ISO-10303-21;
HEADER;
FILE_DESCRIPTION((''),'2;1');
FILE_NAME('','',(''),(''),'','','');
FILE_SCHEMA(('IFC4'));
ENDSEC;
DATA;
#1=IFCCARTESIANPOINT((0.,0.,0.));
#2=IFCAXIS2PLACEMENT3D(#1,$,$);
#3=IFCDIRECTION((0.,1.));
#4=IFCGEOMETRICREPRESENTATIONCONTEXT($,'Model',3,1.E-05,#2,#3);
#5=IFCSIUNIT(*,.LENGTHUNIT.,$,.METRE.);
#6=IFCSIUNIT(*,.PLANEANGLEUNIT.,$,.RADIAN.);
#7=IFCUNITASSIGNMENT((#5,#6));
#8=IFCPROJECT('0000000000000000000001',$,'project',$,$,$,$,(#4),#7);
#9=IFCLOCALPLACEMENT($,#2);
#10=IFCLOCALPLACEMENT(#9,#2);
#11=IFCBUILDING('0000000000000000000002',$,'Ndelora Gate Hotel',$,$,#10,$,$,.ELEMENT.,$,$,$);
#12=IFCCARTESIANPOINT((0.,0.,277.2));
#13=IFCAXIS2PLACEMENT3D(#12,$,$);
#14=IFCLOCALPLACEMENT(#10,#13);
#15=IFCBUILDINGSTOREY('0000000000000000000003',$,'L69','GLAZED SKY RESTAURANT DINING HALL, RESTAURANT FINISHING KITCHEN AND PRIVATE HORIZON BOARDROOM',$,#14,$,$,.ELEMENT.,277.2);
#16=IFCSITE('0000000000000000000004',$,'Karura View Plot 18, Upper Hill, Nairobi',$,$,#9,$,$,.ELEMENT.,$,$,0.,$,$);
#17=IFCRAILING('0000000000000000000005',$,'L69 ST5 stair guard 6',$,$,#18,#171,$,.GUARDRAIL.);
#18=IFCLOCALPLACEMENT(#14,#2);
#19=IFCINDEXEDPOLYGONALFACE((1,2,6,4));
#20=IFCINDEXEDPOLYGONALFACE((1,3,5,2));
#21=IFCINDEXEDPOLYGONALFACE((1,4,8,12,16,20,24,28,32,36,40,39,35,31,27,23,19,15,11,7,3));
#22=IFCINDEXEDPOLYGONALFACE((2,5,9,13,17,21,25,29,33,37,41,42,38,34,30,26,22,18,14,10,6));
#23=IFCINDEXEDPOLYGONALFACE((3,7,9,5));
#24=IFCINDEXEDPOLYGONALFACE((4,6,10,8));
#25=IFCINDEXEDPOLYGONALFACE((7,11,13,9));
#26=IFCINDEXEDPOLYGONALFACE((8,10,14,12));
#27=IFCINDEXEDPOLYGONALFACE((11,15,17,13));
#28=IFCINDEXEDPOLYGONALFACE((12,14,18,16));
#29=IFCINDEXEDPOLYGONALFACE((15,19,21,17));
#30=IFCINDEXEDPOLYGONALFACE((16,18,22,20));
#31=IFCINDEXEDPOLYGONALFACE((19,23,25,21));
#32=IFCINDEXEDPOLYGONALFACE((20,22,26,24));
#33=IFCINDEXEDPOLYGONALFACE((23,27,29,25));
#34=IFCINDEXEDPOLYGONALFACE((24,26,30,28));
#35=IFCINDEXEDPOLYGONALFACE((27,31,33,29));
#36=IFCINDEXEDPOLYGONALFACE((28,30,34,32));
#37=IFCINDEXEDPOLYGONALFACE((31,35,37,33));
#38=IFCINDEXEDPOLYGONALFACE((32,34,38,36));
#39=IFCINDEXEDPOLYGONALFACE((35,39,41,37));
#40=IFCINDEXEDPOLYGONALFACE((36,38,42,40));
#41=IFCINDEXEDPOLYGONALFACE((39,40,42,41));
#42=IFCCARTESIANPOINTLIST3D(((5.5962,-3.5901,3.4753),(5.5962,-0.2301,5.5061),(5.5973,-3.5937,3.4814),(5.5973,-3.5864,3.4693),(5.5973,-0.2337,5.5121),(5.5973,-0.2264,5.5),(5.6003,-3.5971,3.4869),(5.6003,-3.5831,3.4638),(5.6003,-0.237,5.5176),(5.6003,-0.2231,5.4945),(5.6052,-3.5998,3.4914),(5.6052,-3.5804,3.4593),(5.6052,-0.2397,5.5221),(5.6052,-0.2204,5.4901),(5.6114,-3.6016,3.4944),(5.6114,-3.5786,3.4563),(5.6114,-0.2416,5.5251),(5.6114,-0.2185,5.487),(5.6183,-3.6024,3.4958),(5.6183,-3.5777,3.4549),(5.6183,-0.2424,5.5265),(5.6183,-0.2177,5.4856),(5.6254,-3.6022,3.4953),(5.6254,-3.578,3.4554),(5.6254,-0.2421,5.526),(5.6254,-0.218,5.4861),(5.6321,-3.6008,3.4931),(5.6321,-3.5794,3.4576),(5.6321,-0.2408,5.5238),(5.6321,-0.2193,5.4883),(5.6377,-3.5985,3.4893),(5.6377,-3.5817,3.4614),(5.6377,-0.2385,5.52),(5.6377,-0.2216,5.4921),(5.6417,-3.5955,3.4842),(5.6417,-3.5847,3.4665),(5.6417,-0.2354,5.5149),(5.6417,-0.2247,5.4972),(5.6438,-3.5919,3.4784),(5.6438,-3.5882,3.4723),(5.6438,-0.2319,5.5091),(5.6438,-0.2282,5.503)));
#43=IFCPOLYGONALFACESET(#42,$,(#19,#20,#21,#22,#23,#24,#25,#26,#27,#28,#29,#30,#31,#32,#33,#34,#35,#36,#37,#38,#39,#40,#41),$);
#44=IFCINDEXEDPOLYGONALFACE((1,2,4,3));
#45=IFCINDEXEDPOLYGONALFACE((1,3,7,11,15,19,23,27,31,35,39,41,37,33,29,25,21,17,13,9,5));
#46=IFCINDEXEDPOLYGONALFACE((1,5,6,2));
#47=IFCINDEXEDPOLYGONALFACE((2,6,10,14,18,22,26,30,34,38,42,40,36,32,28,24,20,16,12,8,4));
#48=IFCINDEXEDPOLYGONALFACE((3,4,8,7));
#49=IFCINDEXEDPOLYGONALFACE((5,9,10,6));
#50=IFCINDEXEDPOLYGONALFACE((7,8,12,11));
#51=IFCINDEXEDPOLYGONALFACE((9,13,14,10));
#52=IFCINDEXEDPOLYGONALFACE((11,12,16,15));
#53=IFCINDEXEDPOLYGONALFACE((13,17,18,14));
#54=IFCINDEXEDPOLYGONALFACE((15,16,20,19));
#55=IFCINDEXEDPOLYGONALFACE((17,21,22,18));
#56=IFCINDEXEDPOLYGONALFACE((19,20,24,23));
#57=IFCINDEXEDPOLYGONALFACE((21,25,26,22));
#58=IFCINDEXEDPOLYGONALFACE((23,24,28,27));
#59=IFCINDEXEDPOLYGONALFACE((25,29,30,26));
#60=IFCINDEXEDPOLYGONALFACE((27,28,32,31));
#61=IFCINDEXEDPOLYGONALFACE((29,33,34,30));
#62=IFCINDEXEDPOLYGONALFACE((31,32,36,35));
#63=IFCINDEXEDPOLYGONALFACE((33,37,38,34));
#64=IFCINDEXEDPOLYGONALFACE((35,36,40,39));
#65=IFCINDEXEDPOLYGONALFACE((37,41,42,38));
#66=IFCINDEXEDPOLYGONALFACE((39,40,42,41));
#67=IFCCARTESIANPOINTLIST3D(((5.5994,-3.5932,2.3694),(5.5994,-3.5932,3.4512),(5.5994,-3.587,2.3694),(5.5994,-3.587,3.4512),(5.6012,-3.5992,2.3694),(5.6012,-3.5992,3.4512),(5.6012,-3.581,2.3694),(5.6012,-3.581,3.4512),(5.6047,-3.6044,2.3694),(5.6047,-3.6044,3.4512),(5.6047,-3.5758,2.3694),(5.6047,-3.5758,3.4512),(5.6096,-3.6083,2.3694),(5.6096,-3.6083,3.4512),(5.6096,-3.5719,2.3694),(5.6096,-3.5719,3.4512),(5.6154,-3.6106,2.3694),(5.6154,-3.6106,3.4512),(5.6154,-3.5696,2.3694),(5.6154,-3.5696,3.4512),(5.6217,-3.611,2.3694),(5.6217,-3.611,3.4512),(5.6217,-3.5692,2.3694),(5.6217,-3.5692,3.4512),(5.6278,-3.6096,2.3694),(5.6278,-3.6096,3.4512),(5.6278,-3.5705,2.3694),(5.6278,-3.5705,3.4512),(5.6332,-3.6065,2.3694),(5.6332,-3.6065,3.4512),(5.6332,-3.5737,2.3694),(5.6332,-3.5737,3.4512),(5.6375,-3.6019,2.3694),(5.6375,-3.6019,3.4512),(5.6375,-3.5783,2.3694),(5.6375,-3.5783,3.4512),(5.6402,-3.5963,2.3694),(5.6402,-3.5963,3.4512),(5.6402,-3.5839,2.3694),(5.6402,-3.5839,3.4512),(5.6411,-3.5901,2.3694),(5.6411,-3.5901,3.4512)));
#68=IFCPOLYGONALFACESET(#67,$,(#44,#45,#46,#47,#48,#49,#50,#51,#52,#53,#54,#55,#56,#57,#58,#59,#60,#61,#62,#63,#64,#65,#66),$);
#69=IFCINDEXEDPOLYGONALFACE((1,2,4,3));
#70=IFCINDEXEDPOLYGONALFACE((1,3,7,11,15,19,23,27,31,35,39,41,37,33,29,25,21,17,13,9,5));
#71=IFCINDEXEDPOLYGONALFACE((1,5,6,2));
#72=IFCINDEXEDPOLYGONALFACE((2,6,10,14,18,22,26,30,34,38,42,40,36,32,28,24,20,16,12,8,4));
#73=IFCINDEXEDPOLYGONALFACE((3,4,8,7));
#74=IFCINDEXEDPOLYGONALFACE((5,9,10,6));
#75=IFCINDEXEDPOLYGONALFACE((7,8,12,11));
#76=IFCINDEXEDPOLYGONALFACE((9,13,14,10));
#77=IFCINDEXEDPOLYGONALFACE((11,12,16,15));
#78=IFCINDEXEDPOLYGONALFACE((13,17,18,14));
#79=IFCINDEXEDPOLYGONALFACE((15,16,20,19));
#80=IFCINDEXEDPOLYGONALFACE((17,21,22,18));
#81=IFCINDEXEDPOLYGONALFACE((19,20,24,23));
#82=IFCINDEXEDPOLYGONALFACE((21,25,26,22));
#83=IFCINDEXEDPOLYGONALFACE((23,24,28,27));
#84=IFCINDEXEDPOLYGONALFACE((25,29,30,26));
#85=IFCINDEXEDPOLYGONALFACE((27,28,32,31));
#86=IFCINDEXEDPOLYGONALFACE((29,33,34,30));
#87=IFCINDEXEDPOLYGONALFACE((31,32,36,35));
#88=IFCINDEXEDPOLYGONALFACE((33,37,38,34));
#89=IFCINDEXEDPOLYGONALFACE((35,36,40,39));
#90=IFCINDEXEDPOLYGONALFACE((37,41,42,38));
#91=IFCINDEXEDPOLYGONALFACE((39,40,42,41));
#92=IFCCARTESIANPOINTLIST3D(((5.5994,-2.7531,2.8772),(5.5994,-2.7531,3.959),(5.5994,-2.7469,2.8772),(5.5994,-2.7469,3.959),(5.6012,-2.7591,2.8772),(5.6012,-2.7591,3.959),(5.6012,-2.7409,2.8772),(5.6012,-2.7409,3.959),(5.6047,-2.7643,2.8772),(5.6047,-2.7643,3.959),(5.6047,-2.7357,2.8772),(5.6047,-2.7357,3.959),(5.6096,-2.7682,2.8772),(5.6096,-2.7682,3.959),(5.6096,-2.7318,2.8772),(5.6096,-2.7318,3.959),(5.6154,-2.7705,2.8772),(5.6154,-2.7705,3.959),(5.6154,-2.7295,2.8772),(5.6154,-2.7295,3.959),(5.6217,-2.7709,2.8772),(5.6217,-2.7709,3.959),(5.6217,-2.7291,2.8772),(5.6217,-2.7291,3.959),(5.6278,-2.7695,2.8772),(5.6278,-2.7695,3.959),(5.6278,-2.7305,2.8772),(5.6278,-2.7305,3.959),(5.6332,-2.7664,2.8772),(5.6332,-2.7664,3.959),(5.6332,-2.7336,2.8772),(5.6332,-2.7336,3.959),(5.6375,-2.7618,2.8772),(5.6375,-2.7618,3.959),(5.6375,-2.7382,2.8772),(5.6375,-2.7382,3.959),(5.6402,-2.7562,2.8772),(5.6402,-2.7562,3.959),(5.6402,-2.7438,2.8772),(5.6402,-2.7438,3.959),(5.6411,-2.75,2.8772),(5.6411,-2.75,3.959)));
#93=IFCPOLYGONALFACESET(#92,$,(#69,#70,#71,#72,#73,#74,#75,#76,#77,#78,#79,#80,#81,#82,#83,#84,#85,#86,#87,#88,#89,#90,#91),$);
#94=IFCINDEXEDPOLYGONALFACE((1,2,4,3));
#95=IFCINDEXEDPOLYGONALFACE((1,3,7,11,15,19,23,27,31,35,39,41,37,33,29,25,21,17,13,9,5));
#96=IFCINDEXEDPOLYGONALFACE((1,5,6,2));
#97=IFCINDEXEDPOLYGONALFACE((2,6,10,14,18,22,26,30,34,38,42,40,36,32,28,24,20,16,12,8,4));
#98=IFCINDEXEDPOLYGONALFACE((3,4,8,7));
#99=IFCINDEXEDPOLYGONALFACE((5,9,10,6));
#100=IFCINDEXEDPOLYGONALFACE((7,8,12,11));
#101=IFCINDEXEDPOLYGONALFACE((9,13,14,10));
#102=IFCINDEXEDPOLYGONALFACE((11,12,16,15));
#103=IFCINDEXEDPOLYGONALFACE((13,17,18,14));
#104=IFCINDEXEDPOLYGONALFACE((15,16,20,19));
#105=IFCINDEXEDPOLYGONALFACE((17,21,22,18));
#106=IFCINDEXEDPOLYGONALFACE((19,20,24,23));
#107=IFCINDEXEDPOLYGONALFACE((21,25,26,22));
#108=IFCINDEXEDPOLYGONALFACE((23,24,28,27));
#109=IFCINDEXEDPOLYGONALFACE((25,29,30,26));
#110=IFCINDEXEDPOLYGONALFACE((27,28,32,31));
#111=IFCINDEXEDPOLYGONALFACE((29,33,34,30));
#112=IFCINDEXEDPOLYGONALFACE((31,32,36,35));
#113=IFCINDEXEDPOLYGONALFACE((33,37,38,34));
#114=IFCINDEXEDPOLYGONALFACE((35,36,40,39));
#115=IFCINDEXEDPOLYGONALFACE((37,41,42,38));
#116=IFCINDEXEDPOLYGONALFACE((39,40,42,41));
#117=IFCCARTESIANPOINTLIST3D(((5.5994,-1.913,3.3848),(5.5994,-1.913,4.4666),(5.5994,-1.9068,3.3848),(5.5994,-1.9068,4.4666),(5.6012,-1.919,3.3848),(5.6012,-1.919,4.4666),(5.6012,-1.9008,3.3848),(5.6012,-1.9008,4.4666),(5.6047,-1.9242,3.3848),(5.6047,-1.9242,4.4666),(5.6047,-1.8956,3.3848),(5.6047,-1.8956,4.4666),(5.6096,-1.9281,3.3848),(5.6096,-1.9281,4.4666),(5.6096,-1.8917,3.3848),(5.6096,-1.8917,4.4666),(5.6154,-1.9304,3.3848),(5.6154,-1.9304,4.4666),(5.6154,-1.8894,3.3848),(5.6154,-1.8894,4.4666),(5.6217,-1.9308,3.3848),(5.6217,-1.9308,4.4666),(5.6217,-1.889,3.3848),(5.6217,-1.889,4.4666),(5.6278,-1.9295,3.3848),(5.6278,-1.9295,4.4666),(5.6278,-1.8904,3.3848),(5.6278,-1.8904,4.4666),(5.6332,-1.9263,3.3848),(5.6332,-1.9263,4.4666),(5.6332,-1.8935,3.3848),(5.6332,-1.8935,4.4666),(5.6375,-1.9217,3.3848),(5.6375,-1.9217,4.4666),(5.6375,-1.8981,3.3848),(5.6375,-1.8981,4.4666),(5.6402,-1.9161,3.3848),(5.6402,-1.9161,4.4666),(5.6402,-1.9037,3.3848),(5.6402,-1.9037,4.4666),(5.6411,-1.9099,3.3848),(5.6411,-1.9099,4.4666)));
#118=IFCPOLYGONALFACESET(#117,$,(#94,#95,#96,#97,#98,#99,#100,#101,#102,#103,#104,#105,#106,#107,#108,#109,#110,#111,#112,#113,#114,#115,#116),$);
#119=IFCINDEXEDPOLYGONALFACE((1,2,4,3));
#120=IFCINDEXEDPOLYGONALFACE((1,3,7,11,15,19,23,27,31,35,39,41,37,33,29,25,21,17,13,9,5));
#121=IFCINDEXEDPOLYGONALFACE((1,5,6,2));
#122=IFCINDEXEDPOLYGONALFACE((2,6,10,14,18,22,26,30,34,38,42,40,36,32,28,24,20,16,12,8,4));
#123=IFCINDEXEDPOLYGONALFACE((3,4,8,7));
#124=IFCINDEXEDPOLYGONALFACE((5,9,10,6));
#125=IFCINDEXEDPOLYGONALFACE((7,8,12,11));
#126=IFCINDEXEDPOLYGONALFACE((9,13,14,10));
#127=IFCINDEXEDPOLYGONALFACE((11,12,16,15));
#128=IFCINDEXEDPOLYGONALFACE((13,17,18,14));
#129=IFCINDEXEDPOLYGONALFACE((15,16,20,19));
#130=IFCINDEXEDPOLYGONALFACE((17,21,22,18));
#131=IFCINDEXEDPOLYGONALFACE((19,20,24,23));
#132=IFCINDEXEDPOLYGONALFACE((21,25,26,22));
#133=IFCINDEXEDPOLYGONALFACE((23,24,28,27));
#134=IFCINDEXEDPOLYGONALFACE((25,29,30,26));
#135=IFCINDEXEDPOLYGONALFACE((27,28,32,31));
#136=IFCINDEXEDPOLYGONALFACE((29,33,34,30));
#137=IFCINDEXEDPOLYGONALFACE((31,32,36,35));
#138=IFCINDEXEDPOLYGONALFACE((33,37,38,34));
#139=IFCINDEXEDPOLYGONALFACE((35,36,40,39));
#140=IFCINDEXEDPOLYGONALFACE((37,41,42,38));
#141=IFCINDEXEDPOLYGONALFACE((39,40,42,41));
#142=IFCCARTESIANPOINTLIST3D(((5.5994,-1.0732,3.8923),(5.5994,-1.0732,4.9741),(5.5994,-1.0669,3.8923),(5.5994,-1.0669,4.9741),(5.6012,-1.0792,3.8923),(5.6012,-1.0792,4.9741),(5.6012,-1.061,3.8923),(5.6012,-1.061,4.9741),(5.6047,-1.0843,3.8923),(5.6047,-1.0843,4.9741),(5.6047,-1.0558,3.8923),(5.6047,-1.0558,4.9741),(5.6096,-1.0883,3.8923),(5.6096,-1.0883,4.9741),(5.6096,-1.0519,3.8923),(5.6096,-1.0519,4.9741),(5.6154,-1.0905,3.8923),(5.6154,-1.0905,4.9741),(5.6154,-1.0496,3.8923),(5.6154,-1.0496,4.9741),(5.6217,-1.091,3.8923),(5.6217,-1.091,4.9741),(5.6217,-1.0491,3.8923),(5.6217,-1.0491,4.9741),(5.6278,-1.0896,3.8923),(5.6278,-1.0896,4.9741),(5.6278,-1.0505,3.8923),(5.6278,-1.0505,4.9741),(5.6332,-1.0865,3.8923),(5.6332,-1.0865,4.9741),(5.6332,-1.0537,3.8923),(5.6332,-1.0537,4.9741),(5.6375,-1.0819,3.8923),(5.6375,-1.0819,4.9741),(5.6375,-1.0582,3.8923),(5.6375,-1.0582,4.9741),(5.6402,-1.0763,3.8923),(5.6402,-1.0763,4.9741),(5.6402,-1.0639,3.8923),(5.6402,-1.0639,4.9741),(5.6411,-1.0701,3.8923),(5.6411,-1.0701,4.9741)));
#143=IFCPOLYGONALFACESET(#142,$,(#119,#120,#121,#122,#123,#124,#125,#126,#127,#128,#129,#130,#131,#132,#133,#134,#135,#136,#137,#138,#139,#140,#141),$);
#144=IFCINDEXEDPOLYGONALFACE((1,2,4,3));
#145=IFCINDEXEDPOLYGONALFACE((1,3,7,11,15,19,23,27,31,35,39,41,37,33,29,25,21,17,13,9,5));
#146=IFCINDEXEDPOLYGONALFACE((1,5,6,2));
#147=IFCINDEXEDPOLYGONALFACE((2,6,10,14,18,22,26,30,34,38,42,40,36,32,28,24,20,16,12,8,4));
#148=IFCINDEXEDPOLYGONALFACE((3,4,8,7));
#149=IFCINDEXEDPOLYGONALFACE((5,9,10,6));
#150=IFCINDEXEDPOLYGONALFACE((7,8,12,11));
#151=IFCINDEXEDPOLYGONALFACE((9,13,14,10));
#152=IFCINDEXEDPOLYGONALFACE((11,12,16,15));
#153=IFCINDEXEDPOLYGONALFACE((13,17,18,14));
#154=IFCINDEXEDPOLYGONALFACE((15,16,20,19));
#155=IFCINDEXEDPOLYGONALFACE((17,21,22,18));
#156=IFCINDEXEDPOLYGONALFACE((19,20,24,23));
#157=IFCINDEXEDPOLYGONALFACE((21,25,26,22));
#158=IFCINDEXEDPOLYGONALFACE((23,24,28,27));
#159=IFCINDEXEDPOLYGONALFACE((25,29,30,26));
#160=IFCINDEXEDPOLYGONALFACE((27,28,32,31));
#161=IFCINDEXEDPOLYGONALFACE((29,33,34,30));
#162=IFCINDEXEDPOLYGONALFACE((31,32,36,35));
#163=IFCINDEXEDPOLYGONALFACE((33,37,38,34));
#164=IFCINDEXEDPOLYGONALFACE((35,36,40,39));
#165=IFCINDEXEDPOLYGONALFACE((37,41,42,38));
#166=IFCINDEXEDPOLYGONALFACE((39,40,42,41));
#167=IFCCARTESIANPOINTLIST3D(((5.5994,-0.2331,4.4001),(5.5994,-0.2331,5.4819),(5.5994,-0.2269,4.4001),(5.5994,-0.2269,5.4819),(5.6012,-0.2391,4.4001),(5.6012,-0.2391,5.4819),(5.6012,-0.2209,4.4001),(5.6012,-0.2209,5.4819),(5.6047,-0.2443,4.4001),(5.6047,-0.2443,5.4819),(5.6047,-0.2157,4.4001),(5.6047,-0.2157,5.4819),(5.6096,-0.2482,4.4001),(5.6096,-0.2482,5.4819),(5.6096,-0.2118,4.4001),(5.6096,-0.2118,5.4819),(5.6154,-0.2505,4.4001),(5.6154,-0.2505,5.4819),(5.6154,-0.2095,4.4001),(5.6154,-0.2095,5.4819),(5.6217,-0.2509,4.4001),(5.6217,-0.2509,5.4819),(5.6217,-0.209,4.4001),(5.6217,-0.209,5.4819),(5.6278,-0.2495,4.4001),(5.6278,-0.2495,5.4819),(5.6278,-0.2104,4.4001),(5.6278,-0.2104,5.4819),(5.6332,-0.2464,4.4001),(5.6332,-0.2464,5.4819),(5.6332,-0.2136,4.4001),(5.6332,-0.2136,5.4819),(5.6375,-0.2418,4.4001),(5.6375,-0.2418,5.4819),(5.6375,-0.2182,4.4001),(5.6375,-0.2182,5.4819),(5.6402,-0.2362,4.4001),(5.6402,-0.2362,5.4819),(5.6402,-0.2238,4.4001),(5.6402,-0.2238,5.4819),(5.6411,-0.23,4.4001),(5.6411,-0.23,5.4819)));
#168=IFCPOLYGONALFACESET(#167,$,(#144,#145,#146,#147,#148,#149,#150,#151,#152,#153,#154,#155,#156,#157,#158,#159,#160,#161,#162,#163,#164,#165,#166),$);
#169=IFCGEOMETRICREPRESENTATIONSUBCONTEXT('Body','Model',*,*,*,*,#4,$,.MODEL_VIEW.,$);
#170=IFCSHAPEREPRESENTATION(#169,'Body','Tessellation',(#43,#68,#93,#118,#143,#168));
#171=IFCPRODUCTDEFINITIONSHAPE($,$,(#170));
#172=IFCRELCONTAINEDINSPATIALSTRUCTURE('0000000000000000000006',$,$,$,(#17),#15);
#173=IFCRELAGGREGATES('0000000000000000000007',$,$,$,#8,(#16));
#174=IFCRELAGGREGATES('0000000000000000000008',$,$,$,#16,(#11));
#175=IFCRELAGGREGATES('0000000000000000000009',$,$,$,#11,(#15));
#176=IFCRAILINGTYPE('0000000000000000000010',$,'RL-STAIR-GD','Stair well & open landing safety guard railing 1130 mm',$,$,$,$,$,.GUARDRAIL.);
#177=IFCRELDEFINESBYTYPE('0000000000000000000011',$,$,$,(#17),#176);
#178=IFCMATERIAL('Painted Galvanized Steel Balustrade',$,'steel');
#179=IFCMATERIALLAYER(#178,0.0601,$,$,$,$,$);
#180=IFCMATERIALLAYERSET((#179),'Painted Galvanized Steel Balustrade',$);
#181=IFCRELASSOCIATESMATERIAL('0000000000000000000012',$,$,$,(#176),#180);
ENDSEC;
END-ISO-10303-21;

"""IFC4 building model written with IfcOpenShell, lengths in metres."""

from ifc_helpers import new_model, si_unit, direction, frame, origin, origin_2d, place, context, subcontext, project, spatial, circle, extrude, material, layer, layer_set, type_object, element, save


model = new_model("IFC4")

# Units and contexts
model_context = context("Model", 3, precision=1e-05, world=origin(), true_north=direction((0.0, 1.0)))
body_context = subcontext(model_context, "Body", "Model", "MODEL_VIEW")
ifc_project = project(units=[si_unit("LENGTHUNIT", "METRE"), si_unit("PLANEANGLEUNIT", "RADIAN")], contexts=[model_context])

# Site, building, storey
site_placement = place(None, origin())
site = spatial("IfcSite", under=ifc_project, at=site_placement, Name="Karura View Plot 18, Upper Hill, Nairobi", CompositionType="ELEMENT", RefElevation=0.0)
building_placement = place(site_placement, origin())
building = spatial("IfcBuilding", under=site, at=building_placement, Name="Ndelora Gate Hotel", CompositionType="ELEMENT")
storey_placement = place(building_placement, frame((0.0, 0.0, 277.2)))
storey = spatial("IfcBuildingStorey", under=building, at=storey_placement, Name="L69", Description="GLAZED SKY RESTAURANT DINING HALL, RESTAURANT FINISHING KITCHEN AND PRIVATE HORIZON BOARDROOM", CompositionType="ELEMENT", Elevation=277.2)

# Railing
ifc_material_1 = material(Name="Painted Galvanized Steel Balustrade", Category="steel")
ifc_layer_1 = layer(ifc_material_1, 0.0601)
ifc_layer_set_1 = layer_set([ifc_layer_1], Name="Painted Galvanized Steel Balustrade")
railing_type_1 = type_object("IfcRailingType", Name="RL-STAIR-GD", Description="Stair well & open landing safety guard railing 1130 mm", PredefinedType="GUARDRAIL", material=ifc_layer_set_1)
railing_1_placement = place(storey_placement, frame((5.6201, -3.5901, 2.3694)))
element("IfcRailing", 1, at=railing_1_placement, inside=storey, type_object=railing_type_1, Name="L69 ST5 stair guard 6", PredefinedType="GUARDRAIL", context=body_context, shape_type="SweptSolid", body=[
    extrude(circle(Radius=0.0239, at=origin_2d()), frame((0.0, 0.0, 1.106), z_axis=(0.0, 0.855837, 0.517246), x_axis=(-1.0, 0.0, 0.0)), (0.0, 0.0, 1.0), 3.926),
    extrude(circle(Radius=0.021, at=origin_2d()), origin(), (0.0, 0.0, 1.0), 1.0818),
    extrude(circle(Radius=0.021, at=origin_2d()), frame((0.0, 0.8401, 0.5078)), (0.0, 0.0, 1.0), 1.0818),
    extrude(circle(Radius=0.021, at=origin_2d()), frame((0.0, 1.6802, 1.0154)), (0.0, 0.0, 1.0), 1.0818),
    extrude(circle(Radius=0.021, at=origin_2d()), frame((0.0, 2.52, 1.5229)), (0.0, 0.0, 1.0), 1.0818),
    extrude(circle(Radius=0.021, at=origin_2d()), frame((0.0, 3.3601, 2.0308)), (0.0, 0.0, 1.0), 1.0818),
])

save(model, "model.ifc")
